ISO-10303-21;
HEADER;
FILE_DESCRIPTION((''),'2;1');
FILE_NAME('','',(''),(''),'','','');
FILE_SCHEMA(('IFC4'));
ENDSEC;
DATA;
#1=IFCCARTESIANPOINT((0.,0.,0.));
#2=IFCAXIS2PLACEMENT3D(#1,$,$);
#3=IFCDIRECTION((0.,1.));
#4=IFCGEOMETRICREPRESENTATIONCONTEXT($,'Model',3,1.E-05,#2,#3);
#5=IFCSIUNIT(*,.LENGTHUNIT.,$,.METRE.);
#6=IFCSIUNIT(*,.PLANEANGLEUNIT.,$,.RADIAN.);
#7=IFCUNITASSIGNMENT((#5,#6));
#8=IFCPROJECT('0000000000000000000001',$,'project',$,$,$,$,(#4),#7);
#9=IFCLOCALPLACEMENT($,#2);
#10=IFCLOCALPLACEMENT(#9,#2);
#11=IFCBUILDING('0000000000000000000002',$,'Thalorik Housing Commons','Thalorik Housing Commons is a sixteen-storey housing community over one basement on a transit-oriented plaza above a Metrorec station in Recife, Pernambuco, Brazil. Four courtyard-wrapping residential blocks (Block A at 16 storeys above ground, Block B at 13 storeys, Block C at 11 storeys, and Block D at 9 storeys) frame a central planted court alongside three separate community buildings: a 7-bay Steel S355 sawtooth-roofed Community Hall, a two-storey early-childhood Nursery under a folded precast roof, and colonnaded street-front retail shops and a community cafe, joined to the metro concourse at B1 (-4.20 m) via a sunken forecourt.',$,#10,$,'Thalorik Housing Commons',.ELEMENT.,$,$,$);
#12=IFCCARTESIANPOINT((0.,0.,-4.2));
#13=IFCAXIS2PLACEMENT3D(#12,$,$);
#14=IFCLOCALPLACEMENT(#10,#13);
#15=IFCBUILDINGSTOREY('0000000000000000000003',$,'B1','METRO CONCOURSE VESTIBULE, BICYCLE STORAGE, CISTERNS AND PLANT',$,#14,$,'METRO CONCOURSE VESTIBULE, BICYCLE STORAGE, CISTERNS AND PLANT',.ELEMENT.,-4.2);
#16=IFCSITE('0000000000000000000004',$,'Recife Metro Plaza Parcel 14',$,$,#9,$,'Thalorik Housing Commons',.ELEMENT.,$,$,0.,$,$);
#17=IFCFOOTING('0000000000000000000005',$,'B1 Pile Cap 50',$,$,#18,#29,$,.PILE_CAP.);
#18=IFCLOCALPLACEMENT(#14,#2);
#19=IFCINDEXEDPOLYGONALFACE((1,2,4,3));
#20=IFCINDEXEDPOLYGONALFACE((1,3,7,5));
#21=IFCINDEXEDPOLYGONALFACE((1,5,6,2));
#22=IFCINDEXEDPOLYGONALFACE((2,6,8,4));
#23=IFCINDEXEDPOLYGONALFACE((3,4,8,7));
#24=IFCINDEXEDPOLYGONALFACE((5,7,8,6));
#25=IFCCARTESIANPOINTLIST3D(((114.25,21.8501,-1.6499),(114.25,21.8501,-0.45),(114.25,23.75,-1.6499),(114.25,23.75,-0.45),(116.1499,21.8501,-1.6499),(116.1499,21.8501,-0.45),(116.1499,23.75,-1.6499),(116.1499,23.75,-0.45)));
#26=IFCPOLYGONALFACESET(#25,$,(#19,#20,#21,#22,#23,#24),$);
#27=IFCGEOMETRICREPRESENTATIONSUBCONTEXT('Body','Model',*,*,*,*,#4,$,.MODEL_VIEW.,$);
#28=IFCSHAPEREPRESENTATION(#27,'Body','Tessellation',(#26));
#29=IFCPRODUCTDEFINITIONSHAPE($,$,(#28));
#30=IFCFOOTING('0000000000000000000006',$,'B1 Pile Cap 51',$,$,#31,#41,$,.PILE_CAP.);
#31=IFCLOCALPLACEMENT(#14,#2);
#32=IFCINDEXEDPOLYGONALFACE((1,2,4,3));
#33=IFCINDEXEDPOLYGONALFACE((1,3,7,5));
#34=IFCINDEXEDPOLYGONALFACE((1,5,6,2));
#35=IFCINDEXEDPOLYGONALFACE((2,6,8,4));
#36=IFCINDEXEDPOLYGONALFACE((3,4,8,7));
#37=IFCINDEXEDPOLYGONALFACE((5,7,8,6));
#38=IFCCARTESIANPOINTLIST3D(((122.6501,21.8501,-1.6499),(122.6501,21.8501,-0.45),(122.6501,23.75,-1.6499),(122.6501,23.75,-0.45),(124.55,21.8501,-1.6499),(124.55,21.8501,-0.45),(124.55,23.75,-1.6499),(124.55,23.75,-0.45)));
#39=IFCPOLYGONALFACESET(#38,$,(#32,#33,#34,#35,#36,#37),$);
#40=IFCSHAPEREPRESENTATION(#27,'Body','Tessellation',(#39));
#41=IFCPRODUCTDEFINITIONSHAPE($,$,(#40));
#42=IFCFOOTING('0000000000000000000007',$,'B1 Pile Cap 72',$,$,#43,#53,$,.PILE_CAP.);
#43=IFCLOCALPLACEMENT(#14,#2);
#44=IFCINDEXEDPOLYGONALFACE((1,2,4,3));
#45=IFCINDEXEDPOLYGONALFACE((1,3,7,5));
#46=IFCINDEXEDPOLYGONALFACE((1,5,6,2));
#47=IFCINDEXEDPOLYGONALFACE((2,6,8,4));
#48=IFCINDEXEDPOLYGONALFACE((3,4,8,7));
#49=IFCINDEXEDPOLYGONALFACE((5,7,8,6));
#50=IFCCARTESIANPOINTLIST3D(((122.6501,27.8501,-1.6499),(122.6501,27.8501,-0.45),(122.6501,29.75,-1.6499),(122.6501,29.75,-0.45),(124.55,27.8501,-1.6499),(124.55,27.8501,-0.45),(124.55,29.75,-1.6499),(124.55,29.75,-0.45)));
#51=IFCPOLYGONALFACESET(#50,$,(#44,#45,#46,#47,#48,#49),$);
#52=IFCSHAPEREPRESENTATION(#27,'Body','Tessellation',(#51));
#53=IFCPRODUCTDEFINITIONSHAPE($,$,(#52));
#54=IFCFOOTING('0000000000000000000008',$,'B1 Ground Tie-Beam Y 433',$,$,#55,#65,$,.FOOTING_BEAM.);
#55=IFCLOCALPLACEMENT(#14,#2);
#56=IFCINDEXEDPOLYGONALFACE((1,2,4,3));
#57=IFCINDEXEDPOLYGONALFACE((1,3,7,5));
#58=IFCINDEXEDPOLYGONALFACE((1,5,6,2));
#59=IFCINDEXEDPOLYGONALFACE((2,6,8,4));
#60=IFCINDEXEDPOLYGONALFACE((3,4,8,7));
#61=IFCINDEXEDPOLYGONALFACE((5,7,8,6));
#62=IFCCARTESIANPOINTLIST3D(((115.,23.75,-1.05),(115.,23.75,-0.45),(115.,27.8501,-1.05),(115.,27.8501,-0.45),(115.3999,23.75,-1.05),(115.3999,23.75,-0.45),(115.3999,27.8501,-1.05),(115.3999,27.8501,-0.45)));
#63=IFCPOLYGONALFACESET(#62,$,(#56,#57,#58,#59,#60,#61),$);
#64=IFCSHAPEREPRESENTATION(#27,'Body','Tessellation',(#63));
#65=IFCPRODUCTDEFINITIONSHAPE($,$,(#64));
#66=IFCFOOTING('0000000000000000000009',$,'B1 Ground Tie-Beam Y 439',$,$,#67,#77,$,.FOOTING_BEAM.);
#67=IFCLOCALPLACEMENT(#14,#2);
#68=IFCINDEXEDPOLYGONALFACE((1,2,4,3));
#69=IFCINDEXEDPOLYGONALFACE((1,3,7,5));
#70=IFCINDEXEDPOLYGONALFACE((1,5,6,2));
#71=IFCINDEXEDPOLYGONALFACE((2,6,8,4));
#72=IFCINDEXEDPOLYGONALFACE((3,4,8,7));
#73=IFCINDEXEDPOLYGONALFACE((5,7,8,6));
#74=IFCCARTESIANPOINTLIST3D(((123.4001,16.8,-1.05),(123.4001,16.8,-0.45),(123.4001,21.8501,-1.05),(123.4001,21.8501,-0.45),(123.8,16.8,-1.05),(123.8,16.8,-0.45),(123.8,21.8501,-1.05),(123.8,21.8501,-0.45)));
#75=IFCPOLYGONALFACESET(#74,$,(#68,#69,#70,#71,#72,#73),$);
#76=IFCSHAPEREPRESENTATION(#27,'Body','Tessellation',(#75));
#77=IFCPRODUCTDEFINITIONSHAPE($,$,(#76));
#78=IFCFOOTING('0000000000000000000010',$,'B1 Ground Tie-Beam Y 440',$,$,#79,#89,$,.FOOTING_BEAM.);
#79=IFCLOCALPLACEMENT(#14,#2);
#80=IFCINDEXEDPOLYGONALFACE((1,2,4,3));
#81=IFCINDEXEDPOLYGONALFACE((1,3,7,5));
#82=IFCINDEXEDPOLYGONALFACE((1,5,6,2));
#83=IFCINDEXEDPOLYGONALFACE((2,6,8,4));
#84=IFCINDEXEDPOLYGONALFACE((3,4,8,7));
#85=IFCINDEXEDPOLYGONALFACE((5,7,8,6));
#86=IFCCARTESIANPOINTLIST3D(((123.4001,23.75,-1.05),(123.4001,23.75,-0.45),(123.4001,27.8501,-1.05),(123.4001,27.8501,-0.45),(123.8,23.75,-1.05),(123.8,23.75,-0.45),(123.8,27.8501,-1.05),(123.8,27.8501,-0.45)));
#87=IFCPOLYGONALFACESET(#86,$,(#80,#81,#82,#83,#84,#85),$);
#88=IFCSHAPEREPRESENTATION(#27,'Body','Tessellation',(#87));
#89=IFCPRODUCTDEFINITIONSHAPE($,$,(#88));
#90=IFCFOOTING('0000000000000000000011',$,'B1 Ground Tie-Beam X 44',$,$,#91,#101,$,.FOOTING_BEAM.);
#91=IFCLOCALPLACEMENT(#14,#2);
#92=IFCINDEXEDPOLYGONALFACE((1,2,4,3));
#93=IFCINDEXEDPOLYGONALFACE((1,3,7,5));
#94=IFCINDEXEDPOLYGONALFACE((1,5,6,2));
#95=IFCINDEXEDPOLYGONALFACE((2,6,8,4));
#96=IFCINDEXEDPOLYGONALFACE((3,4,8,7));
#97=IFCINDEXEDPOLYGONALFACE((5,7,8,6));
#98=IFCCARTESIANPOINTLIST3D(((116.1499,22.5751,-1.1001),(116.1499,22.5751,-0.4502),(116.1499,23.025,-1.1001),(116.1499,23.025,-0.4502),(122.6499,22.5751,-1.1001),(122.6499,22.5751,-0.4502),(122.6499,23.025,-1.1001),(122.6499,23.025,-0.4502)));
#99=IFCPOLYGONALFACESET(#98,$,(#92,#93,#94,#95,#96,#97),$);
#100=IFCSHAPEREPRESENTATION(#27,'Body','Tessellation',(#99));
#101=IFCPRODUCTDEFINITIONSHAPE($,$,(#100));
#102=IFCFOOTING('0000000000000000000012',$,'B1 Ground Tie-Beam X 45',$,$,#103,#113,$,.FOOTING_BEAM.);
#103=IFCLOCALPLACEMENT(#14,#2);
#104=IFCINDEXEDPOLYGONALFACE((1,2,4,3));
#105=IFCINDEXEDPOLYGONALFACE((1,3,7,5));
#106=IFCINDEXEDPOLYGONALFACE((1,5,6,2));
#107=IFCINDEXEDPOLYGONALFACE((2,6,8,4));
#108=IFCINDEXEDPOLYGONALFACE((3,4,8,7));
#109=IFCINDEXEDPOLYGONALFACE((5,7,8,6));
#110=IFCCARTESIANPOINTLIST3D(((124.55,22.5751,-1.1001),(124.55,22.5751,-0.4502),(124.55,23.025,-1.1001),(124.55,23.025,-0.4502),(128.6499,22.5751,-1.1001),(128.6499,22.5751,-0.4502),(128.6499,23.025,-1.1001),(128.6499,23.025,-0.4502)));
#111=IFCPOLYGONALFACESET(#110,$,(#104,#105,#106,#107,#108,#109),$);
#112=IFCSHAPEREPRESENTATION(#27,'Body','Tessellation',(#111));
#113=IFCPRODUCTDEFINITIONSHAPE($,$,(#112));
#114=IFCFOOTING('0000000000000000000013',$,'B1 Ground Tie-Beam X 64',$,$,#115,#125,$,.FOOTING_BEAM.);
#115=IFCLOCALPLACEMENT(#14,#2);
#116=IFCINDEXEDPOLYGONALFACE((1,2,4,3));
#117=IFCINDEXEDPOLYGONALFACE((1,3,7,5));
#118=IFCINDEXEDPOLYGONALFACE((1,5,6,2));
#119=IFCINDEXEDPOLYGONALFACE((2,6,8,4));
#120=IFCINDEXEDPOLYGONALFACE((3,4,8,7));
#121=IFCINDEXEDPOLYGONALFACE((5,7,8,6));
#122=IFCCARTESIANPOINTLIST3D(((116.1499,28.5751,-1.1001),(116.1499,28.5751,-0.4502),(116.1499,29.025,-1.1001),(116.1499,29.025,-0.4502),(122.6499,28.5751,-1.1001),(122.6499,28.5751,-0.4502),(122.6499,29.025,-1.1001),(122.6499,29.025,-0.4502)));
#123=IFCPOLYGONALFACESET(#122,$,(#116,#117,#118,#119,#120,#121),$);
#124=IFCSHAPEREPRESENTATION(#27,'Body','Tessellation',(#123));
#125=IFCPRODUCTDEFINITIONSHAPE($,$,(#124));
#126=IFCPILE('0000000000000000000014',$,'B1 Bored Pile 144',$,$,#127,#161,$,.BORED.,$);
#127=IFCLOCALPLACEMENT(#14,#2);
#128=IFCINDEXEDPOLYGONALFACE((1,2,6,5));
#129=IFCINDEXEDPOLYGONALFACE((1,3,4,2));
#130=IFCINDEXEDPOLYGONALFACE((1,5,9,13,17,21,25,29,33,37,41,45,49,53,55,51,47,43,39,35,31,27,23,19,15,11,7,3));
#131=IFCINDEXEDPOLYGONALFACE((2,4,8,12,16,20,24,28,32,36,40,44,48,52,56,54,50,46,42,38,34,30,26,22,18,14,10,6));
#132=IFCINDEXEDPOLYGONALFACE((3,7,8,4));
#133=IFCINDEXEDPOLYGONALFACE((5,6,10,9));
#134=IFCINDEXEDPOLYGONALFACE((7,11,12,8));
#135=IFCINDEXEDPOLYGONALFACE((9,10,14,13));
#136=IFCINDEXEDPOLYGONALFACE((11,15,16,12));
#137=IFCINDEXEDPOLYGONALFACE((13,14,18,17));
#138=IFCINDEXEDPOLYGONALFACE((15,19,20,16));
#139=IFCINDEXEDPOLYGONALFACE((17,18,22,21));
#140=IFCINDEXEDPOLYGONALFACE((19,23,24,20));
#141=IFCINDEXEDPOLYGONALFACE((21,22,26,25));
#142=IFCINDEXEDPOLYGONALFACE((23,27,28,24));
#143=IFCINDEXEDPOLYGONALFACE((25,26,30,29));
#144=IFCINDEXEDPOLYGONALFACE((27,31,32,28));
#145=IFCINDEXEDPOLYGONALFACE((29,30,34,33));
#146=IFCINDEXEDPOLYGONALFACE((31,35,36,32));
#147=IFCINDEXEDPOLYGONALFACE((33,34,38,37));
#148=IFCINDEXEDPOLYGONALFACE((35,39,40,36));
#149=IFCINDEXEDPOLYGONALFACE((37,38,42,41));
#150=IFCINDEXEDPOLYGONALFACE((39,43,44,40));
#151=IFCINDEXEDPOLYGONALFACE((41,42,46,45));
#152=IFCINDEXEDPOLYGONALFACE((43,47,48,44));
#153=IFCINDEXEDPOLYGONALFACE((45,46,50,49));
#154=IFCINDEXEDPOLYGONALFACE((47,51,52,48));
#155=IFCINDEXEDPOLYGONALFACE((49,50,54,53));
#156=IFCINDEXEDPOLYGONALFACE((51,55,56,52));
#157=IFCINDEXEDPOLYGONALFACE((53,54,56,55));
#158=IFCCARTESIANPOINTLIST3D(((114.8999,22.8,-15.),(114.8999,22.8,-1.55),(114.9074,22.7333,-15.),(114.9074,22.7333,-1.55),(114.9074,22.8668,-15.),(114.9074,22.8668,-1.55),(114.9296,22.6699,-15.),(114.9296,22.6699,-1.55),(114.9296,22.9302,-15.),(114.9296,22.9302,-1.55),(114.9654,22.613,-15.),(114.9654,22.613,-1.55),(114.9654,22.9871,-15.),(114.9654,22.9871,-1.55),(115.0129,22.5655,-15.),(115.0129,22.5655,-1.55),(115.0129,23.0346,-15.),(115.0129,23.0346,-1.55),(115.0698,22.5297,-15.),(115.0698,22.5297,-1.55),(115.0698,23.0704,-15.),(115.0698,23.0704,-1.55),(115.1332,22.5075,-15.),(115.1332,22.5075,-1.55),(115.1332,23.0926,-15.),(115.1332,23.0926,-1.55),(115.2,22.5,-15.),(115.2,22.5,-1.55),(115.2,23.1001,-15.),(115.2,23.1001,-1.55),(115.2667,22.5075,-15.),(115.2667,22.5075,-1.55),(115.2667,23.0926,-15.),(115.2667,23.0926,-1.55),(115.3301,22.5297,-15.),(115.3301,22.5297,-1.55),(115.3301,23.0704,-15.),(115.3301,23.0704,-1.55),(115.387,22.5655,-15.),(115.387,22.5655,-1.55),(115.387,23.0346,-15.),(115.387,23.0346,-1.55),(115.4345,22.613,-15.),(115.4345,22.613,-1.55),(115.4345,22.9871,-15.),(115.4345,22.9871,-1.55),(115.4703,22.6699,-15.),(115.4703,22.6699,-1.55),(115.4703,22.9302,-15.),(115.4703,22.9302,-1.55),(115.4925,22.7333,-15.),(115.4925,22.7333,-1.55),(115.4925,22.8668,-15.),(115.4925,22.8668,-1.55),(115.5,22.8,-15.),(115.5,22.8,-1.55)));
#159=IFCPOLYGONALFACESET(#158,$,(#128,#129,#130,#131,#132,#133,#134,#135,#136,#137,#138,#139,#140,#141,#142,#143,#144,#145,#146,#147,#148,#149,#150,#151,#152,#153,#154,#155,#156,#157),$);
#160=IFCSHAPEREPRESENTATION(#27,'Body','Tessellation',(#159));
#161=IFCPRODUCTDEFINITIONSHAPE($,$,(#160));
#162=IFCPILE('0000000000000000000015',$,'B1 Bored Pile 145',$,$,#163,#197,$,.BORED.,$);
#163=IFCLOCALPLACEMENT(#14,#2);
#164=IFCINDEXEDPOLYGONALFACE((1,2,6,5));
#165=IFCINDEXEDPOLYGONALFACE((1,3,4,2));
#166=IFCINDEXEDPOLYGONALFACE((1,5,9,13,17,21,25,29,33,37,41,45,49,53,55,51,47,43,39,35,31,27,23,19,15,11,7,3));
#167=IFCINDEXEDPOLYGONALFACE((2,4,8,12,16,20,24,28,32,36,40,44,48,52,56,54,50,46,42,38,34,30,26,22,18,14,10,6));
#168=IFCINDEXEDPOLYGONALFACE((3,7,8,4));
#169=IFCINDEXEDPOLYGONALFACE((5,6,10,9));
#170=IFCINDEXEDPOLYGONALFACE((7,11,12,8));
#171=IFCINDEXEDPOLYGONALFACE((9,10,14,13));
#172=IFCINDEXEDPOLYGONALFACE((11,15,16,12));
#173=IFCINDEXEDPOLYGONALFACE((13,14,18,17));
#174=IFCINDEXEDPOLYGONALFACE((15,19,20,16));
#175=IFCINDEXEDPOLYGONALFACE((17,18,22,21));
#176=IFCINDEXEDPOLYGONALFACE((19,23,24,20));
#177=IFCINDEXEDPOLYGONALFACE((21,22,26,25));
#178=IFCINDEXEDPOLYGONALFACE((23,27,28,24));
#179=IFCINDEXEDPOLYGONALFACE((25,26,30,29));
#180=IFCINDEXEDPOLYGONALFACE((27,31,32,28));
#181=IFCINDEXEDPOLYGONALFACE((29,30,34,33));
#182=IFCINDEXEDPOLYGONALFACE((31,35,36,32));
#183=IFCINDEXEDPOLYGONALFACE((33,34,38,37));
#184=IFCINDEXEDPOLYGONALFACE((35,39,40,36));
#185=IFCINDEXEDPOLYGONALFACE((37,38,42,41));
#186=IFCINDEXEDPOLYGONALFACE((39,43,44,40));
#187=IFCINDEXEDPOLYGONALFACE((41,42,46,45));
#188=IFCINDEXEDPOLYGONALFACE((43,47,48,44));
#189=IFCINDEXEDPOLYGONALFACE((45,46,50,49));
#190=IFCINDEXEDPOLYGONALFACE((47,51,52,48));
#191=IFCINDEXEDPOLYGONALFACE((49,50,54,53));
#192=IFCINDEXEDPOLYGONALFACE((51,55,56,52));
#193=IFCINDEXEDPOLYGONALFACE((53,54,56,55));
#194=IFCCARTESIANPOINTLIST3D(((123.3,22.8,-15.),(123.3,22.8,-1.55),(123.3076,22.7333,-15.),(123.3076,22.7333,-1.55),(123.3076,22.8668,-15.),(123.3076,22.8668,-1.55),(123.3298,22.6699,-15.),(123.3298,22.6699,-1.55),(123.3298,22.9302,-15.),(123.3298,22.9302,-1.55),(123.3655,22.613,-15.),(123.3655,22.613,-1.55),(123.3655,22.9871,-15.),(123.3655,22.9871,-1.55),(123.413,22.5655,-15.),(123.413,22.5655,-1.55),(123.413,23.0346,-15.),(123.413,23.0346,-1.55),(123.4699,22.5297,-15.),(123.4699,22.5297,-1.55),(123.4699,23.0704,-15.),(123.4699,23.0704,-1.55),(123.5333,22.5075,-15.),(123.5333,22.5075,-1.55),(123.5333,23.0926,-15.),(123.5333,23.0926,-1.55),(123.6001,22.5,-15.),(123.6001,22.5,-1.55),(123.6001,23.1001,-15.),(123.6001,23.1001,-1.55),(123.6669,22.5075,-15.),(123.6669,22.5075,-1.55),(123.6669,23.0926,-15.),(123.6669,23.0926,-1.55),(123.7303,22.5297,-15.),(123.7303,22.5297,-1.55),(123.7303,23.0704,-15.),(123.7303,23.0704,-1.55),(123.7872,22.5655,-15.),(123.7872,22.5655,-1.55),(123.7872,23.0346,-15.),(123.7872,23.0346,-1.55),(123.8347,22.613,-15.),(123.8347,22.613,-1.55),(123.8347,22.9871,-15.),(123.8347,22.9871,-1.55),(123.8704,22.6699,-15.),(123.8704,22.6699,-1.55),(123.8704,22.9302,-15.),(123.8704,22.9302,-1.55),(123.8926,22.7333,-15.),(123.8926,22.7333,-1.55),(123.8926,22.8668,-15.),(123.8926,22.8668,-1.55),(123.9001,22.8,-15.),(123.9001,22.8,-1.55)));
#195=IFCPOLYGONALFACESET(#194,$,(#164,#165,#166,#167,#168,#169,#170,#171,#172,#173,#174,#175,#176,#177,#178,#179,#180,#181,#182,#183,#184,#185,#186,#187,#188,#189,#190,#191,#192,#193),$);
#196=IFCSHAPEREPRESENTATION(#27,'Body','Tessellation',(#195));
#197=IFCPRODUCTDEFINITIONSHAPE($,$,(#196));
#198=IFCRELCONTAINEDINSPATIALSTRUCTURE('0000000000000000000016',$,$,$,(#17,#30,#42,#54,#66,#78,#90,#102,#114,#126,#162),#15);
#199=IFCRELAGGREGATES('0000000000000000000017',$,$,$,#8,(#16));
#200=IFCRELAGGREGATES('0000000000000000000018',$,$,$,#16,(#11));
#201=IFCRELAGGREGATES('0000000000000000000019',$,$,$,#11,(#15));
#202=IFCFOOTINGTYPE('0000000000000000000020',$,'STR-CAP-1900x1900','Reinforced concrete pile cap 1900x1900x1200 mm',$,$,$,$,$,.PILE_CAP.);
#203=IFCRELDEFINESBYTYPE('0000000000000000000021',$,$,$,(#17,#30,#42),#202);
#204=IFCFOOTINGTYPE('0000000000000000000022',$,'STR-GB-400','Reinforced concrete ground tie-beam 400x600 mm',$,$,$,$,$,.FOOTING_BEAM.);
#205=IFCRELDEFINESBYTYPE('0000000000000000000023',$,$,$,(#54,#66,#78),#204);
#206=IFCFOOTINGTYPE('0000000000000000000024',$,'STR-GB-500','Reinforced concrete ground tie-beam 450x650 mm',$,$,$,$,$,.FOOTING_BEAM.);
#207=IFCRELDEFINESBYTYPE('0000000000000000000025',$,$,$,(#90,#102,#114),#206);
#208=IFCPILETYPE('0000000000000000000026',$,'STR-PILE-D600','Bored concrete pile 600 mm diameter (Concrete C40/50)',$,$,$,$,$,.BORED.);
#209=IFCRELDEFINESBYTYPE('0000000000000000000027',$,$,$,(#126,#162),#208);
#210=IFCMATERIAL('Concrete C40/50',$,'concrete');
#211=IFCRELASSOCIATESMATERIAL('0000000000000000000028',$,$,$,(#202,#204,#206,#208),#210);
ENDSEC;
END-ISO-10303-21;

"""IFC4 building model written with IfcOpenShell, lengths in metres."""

from ifc_helpers import new_model, si_unit, direction, frame, origin, origin_2d, place, context, subcontext, project, spatial, rectangle, circle, extrude, material, material_profile, profile_set, type_object, element, save


model = new_model("IFC4")

# Units and contexts
model_context = context("Model", 3, precision=1e-05, world=origin(), true_north=direction((0.0, 1.0)))
body_context = subcontext(model_context, "Body", "Model", "MODEL_VIEW")
ifc_project = project(units=[si_unit("LENGTHUNIT", "METRE"), si_unit("PLANEANGLEUNIT", "RADIAN")], contexts=[model_context])

# Site, building, storey
site_placement = place(None, origin())
site = spatial("IfcSite", under=ifc_project, at=site_placement, Name="Recife Metro Plaza Parcel 14", LongName="Thalorik Housing Commons", CompositionType="ELEMENT", RefElevation=0.0)
building_placement = place(site_placement, origin())
building = spatial("IfcBuilding", under=site, at=building_placement, Name="Thalorik Housing Commons", Description="Thalorik Housing Commons is a sixteen-storey housing community over one basement on a transit-oriented plaza above a Metrorec station in Recife, Pernambuco, Brazil. Four courtyard-wrapping residential blocks (Block A at 16 storeys above ground, Block B at 13 storeys, Block C at 11 storeys, and Block D at 9 storeys) frame a central planted court alongside three separate community buildings: a 7-bay Steel S355 sawtooth-roofed Community Hall, a two-storey early-childhood Nursery under a folded precast roof, and colonnaded street-front retail shops and a community cafe, joined to the metro concourse at B1 (-4.20 m) via a sunken forecourt.", LongName="Thalorik Housing Commons", CompositionType="ELEMENT")
storey_placement = place(building_placement, frame((0.0, 0.0, -4.2)))
storey = spatial("IfcBuildingStorey", under=building, at=storey_placement, Name="B1", Description="METRO CONCOURSE VESTIBULE, BICYCLE STORAGE, CISTERNS AND PLANT", LongName="METRO CONCOURSE VESTIBULE, BICYCLE STORAGE, CISTERNS AND PLANT", CompositionType="ELEMENT", Elevation=-4.2)

# Footings
ifc_material_1 = material(Name="Concrete C40/50", Category="concrete")
footing_type_1 = type_object("IfcFootingType", Name="STR-CAP-1900x1900", Description="Reinforced concrete pile cap 1900x1900x1200 mm", PredefinedType="PILE_CAP", material=ifc_material_1)
for number, where, z_axis, x_axis, name in (
    (1, (115.2, 22.8, -1.6499), (0.0, 0.0, 1.0), (1.0, 0.0, 0.0), "B1 Pile Cap 50"),
    (2, (123.6001, 22.8, -1.6499), (0.0, 0.0, 1.0), (1.0, 0.0, 0.0), "B1 Pile Cap 51"),
    (3, (123.6001, 28.8, -1.6499), (0.0, 0.0, 1.0), (1.0, 0.0, 0.0), "B1 Pile Cap 72"),
):
    element("IfcFooting", number, at=place(storey_placement, frame(where, z_axis=z_axis, x_axis=x_axis)), inside=storey, type_object=footing_type_1, Name=name, PredefinedType="PILE_CAP", context=body_context, shape_type="SweptSolid", body=[
        extrude(rectangle(XDim=1.8999, YDim=1.8999, at=origin_2d()), origin(), (0.0, 0.0, 1.0), 1.2),
    ])
ifc_material_profile_1 = material_profile(ifc_material_1, rectangle(XDim=0.3999, YDim=0.6001, at=origin_2d()), Name="RC 400x600", Category="concrete")
ifc_profile_set_1 = profile_set([ifc_material_profile_1], Name="Concrete C40/50")
footing_type_2 = type_object("IfcFootingType", Name="STR-GB-400", Description="Reinforced concrete ground tie-beam 400x600 mm", PredefinedType="FOOTING_BEAM", material=ifc_profile_set_1)
footing_1_placement = place(storey_placement, frame((115.2, 23.75, -0.75), z_axis=(0.0, 1.0, 0.0), x_axis=(-1.0, 0.0, 0.0)))
element("IfcFooting", 4, at=footing_1_placement, inside=storey, type_object=footing_type_2, Name="B1 Ground Tie-Beam Y 433", PredefinedType="FOOTING_BEAM", context=body_context, shape_type="SweptSolid", body=[
    extrude(rectangle(XDim=0.3999, YDim=0.6001, at=origin_2d()), origin(), (0.0, 0.0, 1.0), 4.1001),
])
footing_2_placement = place(storey_placement, frame((123.6001, 16.8, -0.75), z_axis=(0.0, 1.0, 0.0), x_axis=(-1.0, 0.0, 0.0)))
element("IfcFooting", 5, at=footing_2_placement, inside=storey, type_object=footing_type_2, Name="B1 Ground Tie-Beam Y 439", PredefinedType="FOOTING_BEAM", context=body_context, shape_type="SweptSolid", body=[
    extrude(rectangle(XDim=0.3999, YDim=0.6001, at=origin_2d()), origin(), (0.0, 0.0, 1.0), 5.05),
])
footing_3_placement = place(storey_placement, frame((123.6001, 23.75, -0.75), z_axis=(0.0, 1.0, 0.0), x_axis=(-1.0, 0.0, 0.0)))
element("IfcFooting", 6, at=footing_3_placement, inside=storey, type_object=footing_type_2, Name="B1 Ground Tie-Beam Y 440", PredefinedType="FOOTING_BEAM", context=body_context, shape_type="SweptSolid", body=[
    extrude(rectangle(XDim=0.3999, YDim=0.6001, at=origin_2d()), origin(), (0.0, 0.0, 1.0), 4.1001),
])
ifc_material_profile_2 = material_profile(ifc_material_1, rectangle(XDim=0.45, YDim=0.6499, at=origin_2d()), Name="RC 450x650", Category="concrete")
ifc_profile_set_2 = profile_set([ifc_material_profile_2], Name="Concrete C40/50")
footing_type_3 = type_object("IfcFootingType", Name="STR-GB-500", Description="Reinforced concrete ground tie-beam 450x650 mm", PredefinedType="FOOTING_BEAM", material=ifc_profile_set_2)
footing_4_placement = place(storey_placement, frame((116.1499, 22.8, -0.7751), z_axis=(1.0, 0.0, 0.0), x_axis=(0.0, 1.0, 0.0)))
element("IfcFooting", 7, at=footing_4_placement, inside=storey, type_object=footing_type_3, Name="B1 Ground Tie-Beam X 44", PredefinedType="FOOTING_BEAM", context=body_context, shape_type="SweptSolid", body=[
    extrude(rectangle(XDim=0.45, YDim=0.6499, at=origin_2d()), origin(), (0.0, 0.0, 1.0), 6.5),
])
footing_5_placement = place(storey_placement, frame((124.55, 22.8, -0.7751), z_axis=(1.0, 0.0, 0.0), x_axis=(0.0, 1.0, 0.0)))
element("IfcFooting", 8, at=footing_5_placement, inside=storey, type_object=footing_type_3, Name="B1 Ground Tie-Beam X 45", PredefinedType="FOOTING_BEAM", context=body_context, shape_type="SweptSolid", body=[
    extrude(rectangle(XDim=0.45, YDim=0.6499, at=origin_2d()), origin(), (0.0, 0.0, 1.0), 4.0999),
])
footing_6_placement = place(storey_placement, frame((116.1499, 28.8, -0.7751), z_axis=(1.0, 0.0, 0.0), x_axis=(0.0, 1.0, 0.0)))
element("IfcFooting", 9, at=footing_6_placement, inside=storey, type_object=footing_type_3, Name="B1 Ground Tie-Beam X 64", PredefinedType="FOOTING_BEAM", context=body_context, shape_type="SweptSolid", body=[
    extrude(rectangle(XDim=0.45, YDim=0.6499, at=origin_2d()), origin(), (0.0, 0.0, 1.0), 6.5),
])

# Piles
ifc_material_profile_3 = material_profile(ifc_material_1, circle(Radius=0.3, at=origin_2d()), Name="BORED PILE D600", Category="concrete")
ifc_profile_set_3 = profile_set([ifc_material_profile_3], Name="Concrete C40/50")
pile_type_1 = type_object("IfcPileType", Name="STR-PILE-D600", Description="Bored concrete pile 600 mm diameter (Concrete C40/50)", PredefinedType="BORED", material=ifc_profile_set_3)
for number, where, z_axis, x_axis, name in (
    (10, (115.2, 22.8, -1.55), (0.0, 0.0, -1.0), (1.0, 0.0, 0.0), "B1 Bored Pile 144"),
    (11, (123.6001, 22.8, -1.55), (0.0, 0.0, -1.0), (1.0, 0.0, 0.0), "B1 Bored Pile 145"),
):
    element("IfcPile", number, at=place(storey_placement, frame(where, z_axis=z_axis, x_axis=x_axis)), inside=storey, type_object=pile_type_1, Name=name, PredefinedType="BORED", context=body_context, shape_type="SweptSolid", body=[
        extrude(circle(Radius=0.3, at=origin_2d()), origin(), (0.0, 0.0, 1.0), 13.45),
    ])

save(model, "model.ifc")
